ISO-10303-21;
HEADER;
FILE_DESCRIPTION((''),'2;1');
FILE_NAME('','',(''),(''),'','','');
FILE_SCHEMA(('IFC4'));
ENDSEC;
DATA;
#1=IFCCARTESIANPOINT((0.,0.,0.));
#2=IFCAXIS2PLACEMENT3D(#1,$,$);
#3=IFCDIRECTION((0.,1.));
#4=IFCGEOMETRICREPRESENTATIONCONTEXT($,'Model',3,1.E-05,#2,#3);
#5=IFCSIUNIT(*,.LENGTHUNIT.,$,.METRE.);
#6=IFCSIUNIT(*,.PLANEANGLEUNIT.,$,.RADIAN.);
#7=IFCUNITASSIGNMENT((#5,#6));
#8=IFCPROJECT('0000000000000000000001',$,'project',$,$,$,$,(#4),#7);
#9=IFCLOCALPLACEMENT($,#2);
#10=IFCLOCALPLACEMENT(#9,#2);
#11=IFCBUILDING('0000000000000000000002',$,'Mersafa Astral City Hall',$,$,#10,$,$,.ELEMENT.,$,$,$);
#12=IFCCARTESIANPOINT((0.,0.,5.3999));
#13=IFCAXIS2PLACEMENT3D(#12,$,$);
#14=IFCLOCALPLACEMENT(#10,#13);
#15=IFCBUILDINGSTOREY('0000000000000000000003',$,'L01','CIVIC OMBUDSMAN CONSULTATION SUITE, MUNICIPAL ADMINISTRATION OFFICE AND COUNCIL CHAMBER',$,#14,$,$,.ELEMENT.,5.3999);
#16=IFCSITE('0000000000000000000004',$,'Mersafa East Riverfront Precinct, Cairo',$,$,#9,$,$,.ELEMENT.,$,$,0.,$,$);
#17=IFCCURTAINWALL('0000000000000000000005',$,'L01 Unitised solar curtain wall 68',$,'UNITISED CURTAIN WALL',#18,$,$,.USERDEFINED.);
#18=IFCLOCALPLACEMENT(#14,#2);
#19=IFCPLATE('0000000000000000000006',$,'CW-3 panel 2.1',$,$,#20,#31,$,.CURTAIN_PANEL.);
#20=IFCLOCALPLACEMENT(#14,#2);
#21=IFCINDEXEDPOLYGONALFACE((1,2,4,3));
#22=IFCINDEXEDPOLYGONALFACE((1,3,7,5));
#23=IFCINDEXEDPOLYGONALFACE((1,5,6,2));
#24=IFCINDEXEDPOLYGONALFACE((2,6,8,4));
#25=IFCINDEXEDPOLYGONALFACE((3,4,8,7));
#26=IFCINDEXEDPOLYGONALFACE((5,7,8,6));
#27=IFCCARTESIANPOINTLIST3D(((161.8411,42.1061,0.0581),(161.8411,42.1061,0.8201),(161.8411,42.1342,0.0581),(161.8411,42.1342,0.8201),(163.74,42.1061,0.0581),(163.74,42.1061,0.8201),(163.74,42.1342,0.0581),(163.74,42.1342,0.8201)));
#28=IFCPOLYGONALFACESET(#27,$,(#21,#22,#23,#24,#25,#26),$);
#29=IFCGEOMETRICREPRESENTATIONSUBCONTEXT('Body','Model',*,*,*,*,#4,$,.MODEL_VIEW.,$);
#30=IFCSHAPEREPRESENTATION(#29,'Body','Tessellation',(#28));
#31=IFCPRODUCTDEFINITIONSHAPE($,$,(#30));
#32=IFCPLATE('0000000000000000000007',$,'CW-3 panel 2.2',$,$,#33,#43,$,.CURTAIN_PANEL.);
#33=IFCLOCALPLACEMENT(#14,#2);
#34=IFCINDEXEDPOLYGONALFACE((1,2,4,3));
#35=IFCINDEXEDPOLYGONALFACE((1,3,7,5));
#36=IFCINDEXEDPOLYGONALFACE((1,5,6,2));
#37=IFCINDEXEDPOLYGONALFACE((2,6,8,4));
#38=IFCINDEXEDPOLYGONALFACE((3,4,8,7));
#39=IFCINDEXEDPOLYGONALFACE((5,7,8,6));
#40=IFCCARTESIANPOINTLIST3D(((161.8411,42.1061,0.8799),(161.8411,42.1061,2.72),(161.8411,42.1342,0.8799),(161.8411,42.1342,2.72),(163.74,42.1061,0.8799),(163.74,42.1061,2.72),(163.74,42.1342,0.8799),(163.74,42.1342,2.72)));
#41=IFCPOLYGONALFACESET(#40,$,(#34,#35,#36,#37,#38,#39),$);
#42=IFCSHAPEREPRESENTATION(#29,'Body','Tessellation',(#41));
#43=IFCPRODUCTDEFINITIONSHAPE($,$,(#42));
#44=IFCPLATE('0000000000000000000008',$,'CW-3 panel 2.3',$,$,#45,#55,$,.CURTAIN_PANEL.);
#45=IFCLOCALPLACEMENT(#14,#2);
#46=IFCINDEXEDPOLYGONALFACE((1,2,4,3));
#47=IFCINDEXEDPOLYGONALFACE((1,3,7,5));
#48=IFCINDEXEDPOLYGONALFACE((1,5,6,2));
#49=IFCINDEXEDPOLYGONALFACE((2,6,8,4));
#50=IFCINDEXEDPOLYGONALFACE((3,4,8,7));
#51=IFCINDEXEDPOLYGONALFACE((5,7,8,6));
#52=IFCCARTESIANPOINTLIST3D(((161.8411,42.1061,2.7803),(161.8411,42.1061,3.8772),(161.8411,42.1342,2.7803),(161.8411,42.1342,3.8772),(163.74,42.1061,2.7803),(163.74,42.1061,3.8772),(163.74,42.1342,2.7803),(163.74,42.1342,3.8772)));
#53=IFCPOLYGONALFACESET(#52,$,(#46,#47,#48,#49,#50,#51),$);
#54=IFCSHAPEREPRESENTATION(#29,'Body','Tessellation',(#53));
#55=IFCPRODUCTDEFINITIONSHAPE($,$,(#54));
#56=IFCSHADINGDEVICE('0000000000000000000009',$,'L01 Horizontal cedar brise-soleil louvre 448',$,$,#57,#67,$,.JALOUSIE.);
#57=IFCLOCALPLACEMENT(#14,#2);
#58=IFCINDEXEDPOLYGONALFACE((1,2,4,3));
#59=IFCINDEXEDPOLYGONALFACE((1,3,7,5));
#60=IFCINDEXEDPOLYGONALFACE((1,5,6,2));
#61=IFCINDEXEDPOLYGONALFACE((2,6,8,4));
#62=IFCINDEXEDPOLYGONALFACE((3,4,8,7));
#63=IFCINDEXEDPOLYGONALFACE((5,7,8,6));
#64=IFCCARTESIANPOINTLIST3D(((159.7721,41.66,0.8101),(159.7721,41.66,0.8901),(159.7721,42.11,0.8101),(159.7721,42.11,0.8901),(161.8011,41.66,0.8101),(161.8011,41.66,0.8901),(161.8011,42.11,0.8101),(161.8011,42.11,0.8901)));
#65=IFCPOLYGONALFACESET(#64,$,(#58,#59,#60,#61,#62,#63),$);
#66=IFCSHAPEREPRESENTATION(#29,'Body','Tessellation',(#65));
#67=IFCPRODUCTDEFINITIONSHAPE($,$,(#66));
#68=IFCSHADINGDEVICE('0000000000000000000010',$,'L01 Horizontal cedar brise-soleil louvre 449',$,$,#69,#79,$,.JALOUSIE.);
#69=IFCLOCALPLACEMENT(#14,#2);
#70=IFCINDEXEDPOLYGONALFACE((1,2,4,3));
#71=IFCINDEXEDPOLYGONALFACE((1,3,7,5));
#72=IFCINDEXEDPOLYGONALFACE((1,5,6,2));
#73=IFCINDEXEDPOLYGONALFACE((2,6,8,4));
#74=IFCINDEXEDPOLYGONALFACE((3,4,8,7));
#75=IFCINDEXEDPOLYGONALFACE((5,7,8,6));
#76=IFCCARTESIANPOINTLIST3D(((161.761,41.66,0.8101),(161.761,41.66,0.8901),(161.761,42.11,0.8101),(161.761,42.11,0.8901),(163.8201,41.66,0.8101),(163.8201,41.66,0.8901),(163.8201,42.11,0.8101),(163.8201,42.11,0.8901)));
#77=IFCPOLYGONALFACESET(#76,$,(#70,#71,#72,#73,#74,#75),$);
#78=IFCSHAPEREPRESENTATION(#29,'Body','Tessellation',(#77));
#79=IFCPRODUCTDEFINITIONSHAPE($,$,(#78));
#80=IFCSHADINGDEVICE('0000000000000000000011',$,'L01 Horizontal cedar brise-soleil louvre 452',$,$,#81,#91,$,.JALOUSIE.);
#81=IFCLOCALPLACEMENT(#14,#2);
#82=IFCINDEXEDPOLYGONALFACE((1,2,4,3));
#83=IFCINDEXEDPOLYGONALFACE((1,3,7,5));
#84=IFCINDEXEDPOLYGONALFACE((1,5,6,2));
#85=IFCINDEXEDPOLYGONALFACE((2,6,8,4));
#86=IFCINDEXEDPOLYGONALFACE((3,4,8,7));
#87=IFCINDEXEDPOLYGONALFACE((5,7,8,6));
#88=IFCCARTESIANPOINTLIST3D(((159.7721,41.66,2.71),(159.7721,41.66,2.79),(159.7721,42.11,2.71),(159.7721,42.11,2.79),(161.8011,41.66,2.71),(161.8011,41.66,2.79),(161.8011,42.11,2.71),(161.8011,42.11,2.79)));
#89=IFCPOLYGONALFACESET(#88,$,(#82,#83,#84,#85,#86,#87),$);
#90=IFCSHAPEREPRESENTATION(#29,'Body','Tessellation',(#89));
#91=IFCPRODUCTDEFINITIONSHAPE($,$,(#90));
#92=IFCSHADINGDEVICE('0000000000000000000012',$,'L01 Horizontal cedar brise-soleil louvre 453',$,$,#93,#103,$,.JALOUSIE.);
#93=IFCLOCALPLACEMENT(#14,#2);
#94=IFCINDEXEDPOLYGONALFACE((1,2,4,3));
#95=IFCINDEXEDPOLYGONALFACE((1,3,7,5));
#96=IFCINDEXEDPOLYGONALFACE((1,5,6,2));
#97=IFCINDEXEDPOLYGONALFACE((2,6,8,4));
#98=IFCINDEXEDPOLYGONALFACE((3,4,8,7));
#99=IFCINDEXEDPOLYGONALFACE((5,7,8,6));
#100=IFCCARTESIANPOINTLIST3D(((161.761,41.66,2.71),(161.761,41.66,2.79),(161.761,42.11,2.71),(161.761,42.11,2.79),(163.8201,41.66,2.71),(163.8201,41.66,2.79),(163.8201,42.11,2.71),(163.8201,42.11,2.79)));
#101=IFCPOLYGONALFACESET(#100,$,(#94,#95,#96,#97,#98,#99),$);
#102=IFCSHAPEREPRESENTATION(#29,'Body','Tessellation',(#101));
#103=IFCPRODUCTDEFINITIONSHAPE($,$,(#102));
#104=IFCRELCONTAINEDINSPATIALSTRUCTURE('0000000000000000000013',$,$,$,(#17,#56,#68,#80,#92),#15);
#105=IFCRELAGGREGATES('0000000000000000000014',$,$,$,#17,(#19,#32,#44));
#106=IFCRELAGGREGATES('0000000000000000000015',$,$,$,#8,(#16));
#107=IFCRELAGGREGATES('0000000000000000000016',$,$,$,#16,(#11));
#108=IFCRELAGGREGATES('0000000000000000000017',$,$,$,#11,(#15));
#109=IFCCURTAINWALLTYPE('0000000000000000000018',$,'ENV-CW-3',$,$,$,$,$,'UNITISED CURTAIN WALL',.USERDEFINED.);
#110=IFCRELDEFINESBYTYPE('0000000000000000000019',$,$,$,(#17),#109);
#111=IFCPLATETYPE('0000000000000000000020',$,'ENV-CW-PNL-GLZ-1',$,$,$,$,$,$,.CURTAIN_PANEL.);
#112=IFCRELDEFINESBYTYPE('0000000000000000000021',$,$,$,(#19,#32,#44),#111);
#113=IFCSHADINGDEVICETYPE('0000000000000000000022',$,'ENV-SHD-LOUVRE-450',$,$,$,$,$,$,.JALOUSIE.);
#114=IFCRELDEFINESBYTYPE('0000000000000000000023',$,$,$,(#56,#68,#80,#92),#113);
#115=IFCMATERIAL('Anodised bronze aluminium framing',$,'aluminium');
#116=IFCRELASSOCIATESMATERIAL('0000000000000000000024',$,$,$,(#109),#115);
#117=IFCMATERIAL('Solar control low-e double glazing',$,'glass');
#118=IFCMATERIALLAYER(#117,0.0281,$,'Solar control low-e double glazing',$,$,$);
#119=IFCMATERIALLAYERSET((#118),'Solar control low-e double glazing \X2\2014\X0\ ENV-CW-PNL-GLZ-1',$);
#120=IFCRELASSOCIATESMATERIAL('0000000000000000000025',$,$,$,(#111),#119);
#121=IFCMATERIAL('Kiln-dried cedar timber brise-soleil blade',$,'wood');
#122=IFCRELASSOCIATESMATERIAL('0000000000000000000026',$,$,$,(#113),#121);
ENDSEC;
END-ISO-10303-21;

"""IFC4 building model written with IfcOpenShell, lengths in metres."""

from ifc_helpers import new_model, si_unit, direction, frame, origin, origin_2d, place, context, subcontext, project, spatial, rectangle, extrude, material, layer, layer_set, type_object, element, aggregate, save


model = new_model("IFC4")

# Units and contexts
model_context = context("Model", 3, precision=1e-05, world=origin(), true_north=direction((0.0, 1.0)))
body_context = subcontext(model_context, "Body", "Model", "MODEL_VIEW")
ifc_project = project(units=[si_unit("LENGTHUNIT", "METRE"), si_unit("PLANEANGLEUNIT", "RADIAN")], contexts=[model_context])

# Site, building, storey
site_placement = place(None, origin())
site = spatial("IfcSite", under=ifc_project, at=site_placement, Name="Mersafa East Riverfront Precinct, Cairo", CompositionType="ELEMENT", RefElevation=0.0)
building_placement = place(site_placement, origin())
building = spatial("IfcBuilding", under=site, at=building_placement, Name="Mersafa Astral City Hall", CompositionType="ELEMENT")
storey_placement = place(building_placement, frame((0.0, 0.0, 5.3999)))
storey = spatial("IfcBuildingStorey", under=building, at=storey_placement, Name="L01", Description="CIVIC OMBUDSMAN CONSULTATION SUITE, MUNICIPAL ADMINISTRATION OFFICE AND COUNCIL CHAMBER", CompositionType="ELEMENT", Elevation=5.3999)

# Curtain wall
ifc_material_1 = material(Name="Anodised bronze aluminium framing", Category="aluminium")
curtain_wall_type = type_object("IfcCurtainWallType", Name="ENV-CW-3", ElementType="UNITISED CURTAIN WALL", PredefinedType="USERDEFINED", material=ifc_material_1)
curtain_wall_placement = place(storey_placement, origin())
curtain_wall = element("IfcCurtainWall", 1, at=curtain_wall_placement, inside=storey, type_object=curtain_wall_type, Name="L01 Unitised solar curtain wall 68", ObjectType="UNITISED CURTAIN WALL", PredefinedType="USERDEFINED")

# Plates
ifc_material_2 = material(Name="Solar control low-e double glazing", Category="glass")
ifc_layer = layer(ifc_material_2, 0.0281, Name="Solar control low-e double glazing")
ifc_layer_set = layer_set([ifc_layer], Name="Solar control low-e double glazing — ENV-CW-PNL-GLZ-1")
plate_type = type_object("IfcPlateType", Name="ENV-CW-PNL-GLZ-1", PredefinedType="CURTAIN_PANEL", material=ifc_layer_set)
plate_1_placement = place(storey_placement, frame((162.7905, 42.1201, 0.0581), z_axis=(0.0, 0.0, 1.0), x_axis=(1.0, 0.0, 0.0)))
plate_1 = element("IfcPlate", 2, at=plate_1_placement, type_object=plate_type, Name="CW-3 panel 2.1", PredefinedType="CURTAIN_PANEL", context=body_context, shape_type="SweptSolid", body=[
    extrude(rectangle(XDim=1.8989, YDim=0.0281, at=origin_2d()), origin(), (0.0, 0.0, 1.0), 0.762),
])
plate_2_placement = place(storey_placement, frame((162.7905, 42.1201, 0.8799), z_axis=(0.0, 0.0, 1.0), x_axis=(1.0, 0.0, 0.0)))
plate_2 = element("IfcPlate", 3, at=plate_2_placement, type_object=plate_type, Name="CW-3 panel 2.2", PredefinedType="CURTAIN_PANEL", context=body_context, shape_type="SweptSolid", body=[
    extrude(rectangle(XDim=1.8989, YDim=0.0281, at=origin_2d()), origin(), (0.0, 0.0, 1.0), 1.8401),
])
plate_3_placement = place(storey_placement, frame((162.7905, 42.1201, 2.7803), z_axis=(0.0, 0.0, 1.0), x_axis=(1.0, 0.0, 0.0)))
plate_3 = element("IfcPlate", 4, at=plate_3_placement, type_object=plate_type, Name="CW-3 panel 2.3", PredefinedType="CURTAIN_PANEL", context=body_context, shape_type="SweptSolid", body=[
    extrude(rectangle(XDim=1.8989, YDim=0.0281, at=origin_2d()), origin(), (0.0, 0.0, 1.0), 1.0969),
])
aggregate(curtain_wall, [plate_1, plate_2, plate_3])

# Shading devices
ifc_material_3 = material(Name="Kiln-dried cedar timber brise-soleil blade", Category="wood")
shading_device_type = type_object("IfcShadingDeviceType", Name="ENV-SHD-LOUVRE-450", PredefinedType="JALOUSIE", material=ifc_material_3)
shading_device_1_placement = place(storey_placement, frame((160.7866, 41.885, 0.8101), z_axis=(0.0, 0.0, 1.0), x_axis=(1.0, 0.0, 0.0)))
element("IfcShadingDevice", 5, at=shading_device_1_placement, inside=storey, type_object=shading_device_type, Name="L01 Horizontal cedar brise-soleil louvre 448", PredefinedType="JALOUSIE", context=body_context, shape_type="SweptSolid", body=[
    extrude(rectangle(XDim=2.0291, YDim=0.45, at=origin_2d()), origin(), (0.0, 0.0, 1.0), 0.0801),
])
shading_device_2_placement = place(storey_placement, frame((162.7905, 41.885, 0.8101), z_axis=(0.0, 0.0, 1.0), x_axis=(1.0, 0.0, 0.0)))
element("IfcShadingDevice", 6, at=shading_device_2_placement, inside=storey, type_object=shading_device_type, Name="L01 Horizontal cedar brise-soleil louvre 449", PredefinedType="JALOUSIE", context=body_context, shape_type="SweptSolid", body=[
    extrude(rectangle(XDim=2.0591, YDim=0.45, at=origin_2d()), origin(), (0.0, 0.0, 1.0), 0.0801),
])
shading_device_3_placement = place(storey_placement, frame((160.7866, 41.885, 2.71), z_axis=(0.0, 0.0, 1.0), x_axis=(1.0, 0.0, 0.0)))
element("IfcShadingDevice", 7, at=shading_device_3_placement, inside=storey, type_object=shading_device_type, Name="L01 Horizontal cedar brise-soleil louvre 452", PredefinedType="JALOUSIE", context=body_context, shape_type="SweptSolid", body=[
    extrude(rectangle(XDim=2.0291, YDim=0.45, at=origin_2d()), origin(), (0.0, 0.0, 1.0), 0.0801),
])
shading_device_4_placement = place(storey_placement, frame((162.7905, 41.885, 2.71), z_axis=(0.0, 0.0, 1.0), x_axis=(1.0, 0.0, 0.0)))
element("IfcShadingDevice", 8, at=shading_device_4_placement, inside=storey, type_object=shading_device_type, Name="L01 Horizontal cedar brise-soleil louvre 453", PredefinedType="JALOUSIE", context=body_context, shape_type="SweptSolid", body=[
    extrude(rectangle(XDim=2.0591, YDim=0.45, at=origin_2d()), origin(), (0.0, 0.0, 1.0), 0.0801),
])

save(model, "model.ifc")
